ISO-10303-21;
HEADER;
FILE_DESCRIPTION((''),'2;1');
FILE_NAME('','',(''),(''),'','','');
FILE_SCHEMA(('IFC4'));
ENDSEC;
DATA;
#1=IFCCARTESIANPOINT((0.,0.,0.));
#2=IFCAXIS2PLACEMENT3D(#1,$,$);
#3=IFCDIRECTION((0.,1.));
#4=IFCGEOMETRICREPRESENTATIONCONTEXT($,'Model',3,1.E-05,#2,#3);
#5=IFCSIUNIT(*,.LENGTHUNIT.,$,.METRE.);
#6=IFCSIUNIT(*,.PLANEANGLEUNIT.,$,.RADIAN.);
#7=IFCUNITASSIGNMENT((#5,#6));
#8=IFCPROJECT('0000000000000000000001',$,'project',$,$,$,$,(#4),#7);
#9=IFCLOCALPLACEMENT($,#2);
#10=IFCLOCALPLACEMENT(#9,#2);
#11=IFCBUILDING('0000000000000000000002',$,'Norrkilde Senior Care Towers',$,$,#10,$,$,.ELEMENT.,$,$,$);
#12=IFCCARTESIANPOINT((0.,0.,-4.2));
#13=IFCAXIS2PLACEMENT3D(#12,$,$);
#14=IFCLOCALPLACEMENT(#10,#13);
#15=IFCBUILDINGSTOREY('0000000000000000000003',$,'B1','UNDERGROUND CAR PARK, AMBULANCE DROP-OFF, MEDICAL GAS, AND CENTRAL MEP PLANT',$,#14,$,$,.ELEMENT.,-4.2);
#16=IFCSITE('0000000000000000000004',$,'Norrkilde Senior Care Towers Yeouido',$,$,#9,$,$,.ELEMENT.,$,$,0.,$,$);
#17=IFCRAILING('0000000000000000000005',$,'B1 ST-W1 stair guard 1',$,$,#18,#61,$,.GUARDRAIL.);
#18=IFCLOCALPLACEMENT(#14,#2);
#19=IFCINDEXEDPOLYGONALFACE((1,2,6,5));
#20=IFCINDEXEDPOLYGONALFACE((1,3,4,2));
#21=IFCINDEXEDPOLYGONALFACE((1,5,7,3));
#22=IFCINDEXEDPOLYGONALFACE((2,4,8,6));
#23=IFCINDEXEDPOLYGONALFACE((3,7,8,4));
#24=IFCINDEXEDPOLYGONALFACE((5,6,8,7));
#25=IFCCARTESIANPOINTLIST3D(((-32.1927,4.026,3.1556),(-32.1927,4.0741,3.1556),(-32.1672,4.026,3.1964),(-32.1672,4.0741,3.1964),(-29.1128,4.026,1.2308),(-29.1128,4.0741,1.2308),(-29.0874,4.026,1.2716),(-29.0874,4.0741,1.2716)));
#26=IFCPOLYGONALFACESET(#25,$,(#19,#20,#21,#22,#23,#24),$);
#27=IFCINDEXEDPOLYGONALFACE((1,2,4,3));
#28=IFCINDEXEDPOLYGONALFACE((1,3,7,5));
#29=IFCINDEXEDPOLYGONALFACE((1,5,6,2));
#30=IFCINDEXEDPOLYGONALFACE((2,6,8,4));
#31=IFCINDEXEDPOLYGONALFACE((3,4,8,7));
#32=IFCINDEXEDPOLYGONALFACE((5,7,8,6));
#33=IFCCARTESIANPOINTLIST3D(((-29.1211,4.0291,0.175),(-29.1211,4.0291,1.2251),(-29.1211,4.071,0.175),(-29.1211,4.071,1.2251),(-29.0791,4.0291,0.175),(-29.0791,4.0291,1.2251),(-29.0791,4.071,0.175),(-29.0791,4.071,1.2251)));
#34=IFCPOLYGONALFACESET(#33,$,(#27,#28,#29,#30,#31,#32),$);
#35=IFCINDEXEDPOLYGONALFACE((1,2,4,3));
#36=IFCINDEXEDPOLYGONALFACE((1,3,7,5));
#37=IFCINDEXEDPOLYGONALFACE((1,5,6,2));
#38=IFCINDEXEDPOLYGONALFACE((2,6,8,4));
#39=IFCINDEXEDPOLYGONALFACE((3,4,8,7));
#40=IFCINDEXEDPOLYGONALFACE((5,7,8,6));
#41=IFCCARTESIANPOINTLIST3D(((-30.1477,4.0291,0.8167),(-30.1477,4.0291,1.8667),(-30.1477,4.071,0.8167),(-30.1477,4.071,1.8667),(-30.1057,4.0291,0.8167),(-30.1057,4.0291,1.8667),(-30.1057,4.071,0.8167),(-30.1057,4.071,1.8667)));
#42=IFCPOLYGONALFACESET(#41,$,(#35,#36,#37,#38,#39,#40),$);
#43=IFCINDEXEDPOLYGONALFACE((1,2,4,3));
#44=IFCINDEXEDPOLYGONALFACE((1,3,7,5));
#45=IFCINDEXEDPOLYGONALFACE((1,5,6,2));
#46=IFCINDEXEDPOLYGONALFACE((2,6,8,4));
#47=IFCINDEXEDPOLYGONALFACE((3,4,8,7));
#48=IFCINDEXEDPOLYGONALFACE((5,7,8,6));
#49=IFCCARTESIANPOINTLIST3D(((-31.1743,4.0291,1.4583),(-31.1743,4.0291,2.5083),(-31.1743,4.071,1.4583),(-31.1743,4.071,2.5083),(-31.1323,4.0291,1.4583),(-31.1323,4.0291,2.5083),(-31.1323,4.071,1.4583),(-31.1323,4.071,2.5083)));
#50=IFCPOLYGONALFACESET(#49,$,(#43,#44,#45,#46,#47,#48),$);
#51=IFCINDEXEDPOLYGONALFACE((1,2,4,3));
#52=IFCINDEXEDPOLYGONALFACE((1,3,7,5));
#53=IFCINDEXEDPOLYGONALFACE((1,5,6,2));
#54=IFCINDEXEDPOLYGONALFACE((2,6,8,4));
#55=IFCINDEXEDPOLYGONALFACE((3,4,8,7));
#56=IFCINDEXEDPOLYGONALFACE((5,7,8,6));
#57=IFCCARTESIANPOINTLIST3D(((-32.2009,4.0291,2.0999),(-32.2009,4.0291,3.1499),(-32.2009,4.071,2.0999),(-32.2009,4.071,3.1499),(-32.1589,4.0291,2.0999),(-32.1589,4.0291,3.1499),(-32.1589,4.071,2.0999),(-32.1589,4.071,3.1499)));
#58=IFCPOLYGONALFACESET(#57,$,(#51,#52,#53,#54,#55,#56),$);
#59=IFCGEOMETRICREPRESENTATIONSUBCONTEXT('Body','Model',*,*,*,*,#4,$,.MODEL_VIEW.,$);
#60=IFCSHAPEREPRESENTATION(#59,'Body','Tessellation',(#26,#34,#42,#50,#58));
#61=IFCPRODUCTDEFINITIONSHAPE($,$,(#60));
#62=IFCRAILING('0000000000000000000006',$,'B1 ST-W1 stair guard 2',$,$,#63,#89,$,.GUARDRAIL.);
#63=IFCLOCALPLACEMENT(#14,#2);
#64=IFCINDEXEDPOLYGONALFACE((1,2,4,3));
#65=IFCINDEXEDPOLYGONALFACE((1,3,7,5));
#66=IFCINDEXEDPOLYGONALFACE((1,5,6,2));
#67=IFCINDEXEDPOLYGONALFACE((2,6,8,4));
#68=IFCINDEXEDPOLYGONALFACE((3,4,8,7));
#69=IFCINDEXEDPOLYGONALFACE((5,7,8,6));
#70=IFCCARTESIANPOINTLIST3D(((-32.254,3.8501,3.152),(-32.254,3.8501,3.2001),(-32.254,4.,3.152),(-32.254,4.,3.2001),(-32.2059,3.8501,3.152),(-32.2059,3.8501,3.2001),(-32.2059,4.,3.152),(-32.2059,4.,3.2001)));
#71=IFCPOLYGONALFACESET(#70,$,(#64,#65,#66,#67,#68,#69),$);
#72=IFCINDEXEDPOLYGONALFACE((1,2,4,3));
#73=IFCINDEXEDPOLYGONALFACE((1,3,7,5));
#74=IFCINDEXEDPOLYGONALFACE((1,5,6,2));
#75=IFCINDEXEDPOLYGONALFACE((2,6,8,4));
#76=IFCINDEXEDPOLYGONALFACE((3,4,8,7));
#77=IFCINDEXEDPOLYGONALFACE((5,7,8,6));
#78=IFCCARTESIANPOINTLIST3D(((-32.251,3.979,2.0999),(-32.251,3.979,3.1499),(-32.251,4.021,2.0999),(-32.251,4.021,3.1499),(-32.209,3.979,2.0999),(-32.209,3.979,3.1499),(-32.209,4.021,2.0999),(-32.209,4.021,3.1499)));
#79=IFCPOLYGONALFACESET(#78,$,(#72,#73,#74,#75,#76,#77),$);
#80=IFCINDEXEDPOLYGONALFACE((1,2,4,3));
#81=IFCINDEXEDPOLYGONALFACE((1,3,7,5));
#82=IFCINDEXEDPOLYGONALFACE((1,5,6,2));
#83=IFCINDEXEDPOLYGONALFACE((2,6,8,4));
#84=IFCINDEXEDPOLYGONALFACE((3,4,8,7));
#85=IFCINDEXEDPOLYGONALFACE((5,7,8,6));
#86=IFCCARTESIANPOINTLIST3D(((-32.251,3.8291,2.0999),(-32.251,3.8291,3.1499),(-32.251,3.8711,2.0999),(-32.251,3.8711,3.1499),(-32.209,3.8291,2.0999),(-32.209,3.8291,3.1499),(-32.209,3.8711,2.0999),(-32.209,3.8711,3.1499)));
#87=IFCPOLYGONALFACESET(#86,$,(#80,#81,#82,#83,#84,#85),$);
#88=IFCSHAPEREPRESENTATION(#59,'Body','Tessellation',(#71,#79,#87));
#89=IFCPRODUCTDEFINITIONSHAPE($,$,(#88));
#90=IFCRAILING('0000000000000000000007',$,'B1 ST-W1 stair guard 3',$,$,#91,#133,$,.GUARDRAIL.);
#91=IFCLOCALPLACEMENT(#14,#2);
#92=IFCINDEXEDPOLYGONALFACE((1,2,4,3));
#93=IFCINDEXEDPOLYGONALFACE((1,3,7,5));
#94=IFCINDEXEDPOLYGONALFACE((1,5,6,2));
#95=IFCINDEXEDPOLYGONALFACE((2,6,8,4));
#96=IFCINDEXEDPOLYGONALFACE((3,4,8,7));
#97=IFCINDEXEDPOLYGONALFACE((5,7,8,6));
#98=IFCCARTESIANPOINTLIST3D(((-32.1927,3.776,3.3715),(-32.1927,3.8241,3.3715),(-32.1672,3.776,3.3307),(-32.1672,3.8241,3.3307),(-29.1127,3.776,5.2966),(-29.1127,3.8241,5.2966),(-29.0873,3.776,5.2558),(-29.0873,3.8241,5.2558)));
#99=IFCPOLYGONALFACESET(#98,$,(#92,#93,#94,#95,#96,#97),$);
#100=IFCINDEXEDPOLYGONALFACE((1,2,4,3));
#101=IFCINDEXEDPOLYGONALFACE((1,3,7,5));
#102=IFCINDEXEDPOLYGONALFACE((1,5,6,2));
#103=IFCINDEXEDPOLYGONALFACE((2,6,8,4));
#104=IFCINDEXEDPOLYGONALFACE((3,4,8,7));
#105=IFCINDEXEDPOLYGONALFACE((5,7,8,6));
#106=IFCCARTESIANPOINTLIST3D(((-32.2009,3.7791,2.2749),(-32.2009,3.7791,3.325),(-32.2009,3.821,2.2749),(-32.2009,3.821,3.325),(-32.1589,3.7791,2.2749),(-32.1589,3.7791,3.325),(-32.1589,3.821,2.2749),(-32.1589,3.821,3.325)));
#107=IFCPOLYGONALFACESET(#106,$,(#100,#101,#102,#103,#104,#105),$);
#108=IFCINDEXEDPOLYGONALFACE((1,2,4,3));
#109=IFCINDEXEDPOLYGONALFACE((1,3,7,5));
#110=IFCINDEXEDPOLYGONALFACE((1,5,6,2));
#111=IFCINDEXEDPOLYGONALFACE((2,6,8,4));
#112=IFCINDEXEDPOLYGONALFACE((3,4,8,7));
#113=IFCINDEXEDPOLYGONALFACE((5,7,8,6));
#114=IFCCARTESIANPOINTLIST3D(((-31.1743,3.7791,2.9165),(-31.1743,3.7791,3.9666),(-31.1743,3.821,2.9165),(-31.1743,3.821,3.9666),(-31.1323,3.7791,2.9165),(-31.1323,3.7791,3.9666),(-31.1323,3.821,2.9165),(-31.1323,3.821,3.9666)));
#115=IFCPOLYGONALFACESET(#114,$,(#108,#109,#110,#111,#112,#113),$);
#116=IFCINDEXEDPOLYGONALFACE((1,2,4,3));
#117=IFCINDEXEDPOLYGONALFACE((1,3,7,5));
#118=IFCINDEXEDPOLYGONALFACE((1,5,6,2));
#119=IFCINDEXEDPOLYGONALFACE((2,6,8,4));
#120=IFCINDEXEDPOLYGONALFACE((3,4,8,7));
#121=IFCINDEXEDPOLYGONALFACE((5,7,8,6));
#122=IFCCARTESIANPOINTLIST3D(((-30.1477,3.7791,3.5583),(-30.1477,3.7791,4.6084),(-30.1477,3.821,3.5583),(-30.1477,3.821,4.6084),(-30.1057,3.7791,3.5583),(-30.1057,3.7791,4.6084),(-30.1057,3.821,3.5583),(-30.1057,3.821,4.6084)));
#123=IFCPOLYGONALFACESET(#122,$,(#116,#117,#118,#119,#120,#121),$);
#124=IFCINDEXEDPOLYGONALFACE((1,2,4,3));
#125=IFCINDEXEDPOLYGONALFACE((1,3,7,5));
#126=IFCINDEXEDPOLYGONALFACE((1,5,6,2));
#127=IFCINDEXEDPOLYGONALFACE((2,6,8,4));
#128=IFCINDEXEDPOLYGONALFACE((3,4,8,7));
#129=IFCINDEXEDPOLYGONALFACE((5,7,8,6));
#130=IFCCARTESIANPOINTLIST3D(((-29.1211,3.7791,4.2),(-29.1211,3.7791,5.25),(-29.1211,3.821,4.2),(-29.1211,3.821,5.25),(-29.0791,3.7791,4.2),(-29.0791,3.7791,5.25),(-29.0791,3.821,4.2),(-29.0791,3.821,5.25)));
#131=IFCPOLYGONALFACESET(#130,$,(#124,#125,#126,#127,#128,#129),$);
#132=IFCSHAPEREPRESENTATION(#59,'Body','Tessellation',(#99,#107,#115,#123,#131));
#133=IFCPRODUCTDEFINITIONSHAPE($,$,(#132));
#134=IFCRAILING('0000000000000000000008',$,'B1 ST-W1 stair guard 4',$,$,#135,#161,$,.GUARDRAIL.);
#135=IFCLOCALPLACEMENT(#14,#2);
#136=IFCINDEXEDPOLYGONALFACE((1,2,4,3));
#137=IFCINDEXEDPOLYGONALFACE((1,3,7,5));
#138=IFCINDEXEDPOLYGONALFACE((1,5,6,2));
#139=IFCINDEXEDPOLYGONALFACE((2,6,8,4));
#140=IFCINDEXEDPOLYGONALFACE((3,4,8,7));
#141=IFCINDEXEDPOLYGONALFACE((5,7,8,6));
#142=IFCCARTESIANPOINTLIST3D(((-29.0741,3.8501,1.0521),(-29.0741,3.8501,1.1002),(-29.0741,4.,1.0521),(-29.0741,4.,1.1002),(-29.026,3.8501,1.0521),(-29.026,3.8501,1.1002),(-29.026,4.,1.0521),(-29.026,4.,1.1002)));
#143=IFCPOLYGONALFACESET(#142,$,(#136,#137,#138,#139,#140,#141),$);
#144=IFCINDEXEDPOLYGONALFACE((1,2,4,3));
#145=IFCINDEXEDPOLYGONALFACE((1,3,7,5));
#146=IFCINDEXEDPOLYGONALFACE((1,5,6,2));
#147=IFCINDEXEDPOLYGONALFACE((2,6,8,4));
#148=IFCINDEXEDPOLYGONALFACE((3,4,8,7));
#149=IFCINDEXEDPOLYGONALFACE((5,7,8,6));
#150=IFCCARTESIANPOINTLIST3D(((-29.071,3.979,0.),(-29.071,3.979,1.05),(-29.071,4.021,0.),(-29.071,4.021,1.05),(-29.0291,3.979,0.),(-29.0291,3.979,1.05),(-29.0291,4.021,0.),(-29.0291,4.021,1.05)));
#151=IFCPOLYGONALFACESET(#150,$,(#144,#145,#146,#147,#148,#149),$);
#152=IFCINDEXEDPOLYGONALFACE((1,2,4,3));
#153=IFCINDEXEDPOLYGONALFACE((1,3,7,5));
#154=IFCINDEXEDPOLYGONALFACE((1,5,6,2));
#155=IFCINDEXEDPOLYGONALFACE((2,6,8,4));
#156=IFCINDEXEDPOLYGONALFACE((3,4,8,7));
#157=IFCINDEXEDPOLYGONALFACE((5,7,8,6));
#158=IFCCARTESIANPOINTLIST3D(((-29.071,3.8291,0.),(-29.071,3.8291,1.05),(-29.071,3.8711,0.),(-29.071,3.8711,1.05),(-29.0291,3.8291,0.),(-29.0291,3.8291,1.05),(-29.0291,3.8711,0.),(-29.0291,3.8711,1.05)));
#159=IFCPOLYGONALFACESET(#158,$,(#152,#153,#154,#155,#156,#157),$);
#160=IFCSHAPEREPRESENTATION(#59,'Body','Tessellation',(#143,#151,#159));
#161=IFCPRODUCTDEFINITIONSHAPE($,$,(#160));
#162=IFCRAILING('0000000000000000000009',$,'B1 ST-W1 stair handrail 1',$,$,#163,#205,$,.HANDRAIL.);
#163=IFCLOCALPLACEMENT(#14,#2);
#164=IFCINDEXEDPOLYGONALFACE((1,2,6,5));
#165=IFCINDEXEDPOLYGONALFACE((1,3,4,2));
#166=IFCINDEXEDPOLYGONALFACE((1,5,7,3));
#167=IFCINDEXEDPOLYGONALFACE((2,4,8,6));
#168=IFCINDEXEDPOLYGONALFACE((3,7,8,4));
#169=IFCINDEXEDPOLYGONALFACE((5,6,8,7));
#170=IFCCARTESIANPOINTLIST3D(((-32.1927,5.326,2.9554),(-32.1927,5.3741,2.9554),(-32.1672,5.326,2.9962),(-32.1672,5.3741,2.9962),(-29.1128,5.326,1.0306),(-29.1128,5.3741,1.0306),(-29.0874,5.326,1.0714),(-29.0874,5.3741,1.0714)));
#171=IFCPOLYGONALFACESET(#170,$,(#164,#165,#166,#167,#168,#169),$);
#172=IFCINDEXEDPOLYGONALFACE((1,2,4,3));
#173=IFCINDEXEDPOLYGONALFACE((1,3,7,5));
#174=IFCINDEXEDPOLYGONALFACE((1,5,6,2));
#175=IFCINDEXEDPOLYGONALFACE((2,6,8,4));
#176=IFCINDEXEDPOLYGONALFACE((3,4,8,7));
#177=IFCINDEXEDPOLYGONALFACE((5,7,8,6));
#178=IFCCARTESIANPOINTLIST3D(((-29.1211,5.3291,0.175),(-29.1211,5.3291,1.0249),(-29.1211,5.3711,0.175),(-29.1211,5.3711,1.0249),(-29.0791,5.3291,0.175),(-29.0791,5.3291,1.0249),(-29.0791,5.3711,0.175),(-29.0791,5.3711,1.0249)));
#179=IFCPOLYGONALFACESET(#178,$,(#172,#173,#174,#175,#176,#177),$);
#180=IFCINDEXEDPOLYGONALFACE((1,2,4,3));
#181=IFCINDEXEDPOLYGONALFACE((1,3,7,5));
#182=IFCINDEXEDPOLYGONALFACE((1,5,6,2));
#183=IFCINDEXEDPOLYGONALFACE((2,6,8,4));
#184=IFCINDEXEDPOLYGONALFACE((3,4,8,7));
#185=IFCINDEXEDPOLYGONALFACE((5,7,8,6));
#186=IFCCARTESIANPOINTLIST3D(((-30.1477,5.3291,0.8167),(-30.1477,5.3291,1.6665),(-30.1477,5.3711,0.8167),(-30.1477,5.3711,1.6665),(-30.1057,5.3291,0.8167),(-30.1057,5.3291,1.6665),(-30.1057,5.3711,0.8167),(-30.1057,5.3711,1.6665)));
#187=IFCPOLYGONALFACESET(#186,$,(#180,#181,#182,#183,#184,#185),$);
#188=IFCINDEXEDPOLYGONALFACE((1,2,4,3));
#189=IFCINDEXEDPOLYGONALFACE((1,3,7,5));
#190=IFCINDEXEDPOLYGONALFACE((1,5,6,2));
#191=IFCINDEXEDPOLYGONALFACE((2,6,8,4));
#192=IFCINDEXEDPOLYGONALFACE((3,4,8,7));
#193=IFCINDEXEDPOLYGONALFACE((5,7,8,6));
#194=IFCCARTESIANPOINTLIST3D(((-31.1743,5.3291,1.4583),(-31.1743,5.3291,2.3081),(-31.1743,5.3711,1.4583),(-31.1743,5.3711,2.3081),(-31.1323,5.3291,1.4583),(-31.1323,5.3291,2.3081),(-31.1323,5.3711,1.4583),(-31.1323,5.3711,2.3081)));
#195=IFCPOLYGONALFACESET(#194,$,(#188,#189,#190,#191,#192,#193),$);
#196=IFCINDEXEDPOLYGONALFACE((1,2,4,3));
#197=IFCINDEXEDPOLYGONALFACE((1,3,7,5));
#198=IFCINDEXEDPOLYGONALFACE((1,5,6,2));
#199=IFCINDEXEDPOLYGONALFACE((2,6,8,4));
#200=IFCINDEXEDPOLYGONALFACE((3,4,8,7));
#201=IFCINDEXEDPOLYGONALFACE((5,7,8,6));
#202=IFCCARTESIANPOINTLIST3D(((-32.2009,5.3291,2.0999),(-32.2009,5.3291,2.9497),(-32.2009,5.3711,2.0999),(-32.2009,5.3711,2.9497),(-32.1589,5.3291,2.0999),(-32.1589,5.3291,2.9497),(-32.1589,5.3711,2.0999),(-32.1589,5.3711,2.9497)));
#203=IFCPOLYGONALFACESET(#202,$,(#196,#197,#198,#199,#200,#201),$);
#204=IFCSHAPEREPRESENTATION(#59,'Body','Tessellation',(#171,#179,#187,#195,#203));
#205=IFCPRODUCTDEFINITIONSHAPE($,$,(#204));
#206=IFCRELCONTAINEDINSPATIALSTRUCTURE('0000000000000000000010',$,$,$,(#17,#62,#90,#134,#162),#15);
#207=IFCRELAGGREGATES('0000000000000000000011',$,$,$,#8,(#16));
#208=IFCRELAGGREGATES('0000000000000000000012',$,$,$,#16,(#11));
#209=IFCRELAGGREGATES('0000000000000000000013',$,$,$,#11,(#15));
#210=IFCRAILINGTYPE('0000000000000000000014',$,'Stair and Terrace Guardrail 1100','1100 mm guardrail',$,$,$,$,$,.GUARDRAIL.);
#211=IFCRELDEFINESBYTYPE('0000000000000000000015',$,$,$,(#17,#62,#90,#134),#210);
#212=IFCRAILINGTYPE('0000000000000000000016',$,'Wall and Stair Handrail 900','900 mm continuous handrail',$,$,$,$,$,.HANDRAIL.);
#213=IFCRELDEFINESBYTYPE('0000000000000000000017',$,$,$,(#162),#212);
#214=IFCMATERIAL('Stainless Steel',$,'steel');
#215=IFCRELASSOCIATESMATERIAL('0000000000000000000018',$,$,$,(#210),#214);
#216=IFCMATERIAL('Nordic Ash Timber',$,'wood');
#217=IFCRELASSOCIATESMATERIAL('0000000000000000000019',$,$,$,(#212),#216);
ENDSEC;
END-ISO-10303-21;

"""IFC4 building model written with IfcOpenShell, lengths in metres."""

from ifc_helpers import new_model, si_unit, direction, frame, origin, origin_2d, place, context, subcontext, project, spatial, rectangle, extrude, material, type_object, element, save


model = new_model("IFC4")

# Units and contexts
model_context = context("Model", 3, precision=1e-05, world=origin(), true_north=direction((0.0, 1.0)))
body_context = subcontext(model_context, "Body", "Model", "MODEL_VIEW")
ifc_project = project(units=[si_unit("LENGTHUNIT", "METRE"), si_unit("PLANEANGLEUNIT", "RADIAN")], contexts=[model_context])

# Site, building, storey
site_placement = place(None, origin())
site = spatial("IfcSite", under=ifc_project, at=site_placement, Name="Norrkilde Senior Care Towers Yeouido", CompositionType="ELEMENT", RefElevation=0.0)
building_placement = place(site_placement, origin())
building = spatial("IfcBuilding", under=site, at=building_placement, Name="Norrkilde Senior Care Towers", CompositionType="ELEMENT")
storey_placement = place(building_placement, frame((0.0, 0.0, -4.2)))
storey = spatial("IfcBuildingStorey", under=building, at=storey_placement, Name="B1", Description="UNDERGROUND CAR PARK, AMBULANCE DROP-OFF, MEDICAL GAS, AND CENTRAL MEP PLANT", CompositionType="ELEMENT", Elevation=-4.2)

# Railings
ifc_material_1 = material(Name="Stainless Steel", Category="steel")
railing_type_1 = type_object("IfcRailingType", Name="Stair and Terrace Guardrail 1100", Description="1100 mm guardrail", PredefinedType="GUARDRAIL", material=ifc_material_1)
railing_1_placement = place(storey_placement, frame((-29.1001, 4.05, 0.175)))
element("IfcRailing", 1, at=railing_1_placement, inside=storey, type_object=railing_type_1, Name="B1 ST-W1 stair guard 1", PredefinedType="GUARDRAIL", context=body_context, shape_type="SweptSolid", body=[
    extrude(rectangle(XDim=0.0481, YDim=0.0481, at=origin_2d()), frame((0.0, 0.0, 1.0762), z_axis=(-0.84801, 0.0, 0.529981), x_axis=(0.0, -1.0, 0.0)), (0.0, 0.0, 1.0), 3.6318),
    extrude(rectangle(XDim=0.042, YDim=0.042, at=origin_2d()), origin(), (0.0, 0.0, 1.0), 1.05),
    extrude(rectangle(XDim=0.042, YDim=0.042, at=origin_2d()), frame((-1.0266, 0.0, 0.6416)), (0.0, 0.0, 1.0), 1.05),
    extrude(rectangle(XDim=0.042, YDim=0.042, at=origin_2d()), frame((-2.0532, 0.0, 1.2832)), (0.0, 0.0, 1.0), 1.05),
    extrude(rectangle(XDim=0.042, YDim=0.042, at=origin_2d()), frame((-3.0798, 0.0, 1.9248)), (0.0, 0.0, 1.0), 1.05),
])
railing_2_placement = place(storey_placement, frame((-32.23, 4.0, 2.0999)))
element("IfcRailing", 2, at=railing_2_placement, inside=storey, type_object=railing_type_1, Name="B1 ST-W1 stair guard 2", PredefinedType="GUARDRAIL", context=body_context, shape_type="SweptSolid", body=[
    extrude(rectangle(XDim=0.0481, YDim=0.0481, at=origin_2d()), frame((0.0, 0.0, 1.0762), z_axis=(0.0, -1.0, 0.0), x_axis=(1.0, 0.0, 0.0)), (0.0, 0.0, 1.0), 0.1499),
    extrude(rectangle(XDim=0.042, YDim=0.042, at=origin_2d()), origin(), (0.0, 0.0, 1.0), 1.05),
    extrude(rectangle(XDim=0.042, YDim=0.042, at=origin_2d()), frame((0.0, -0.1499, 0.0)), (0.0, 0.0, 1.0), 1.05),
])
railing_3_placement = place(storey_placement, frame((-32.1799, 3.8, 2.2749)))
element("IfcRailing", 3, at=railing_3_placement, inside=storey, type_object=railing_type_1, Name="B1 ST-W1 stair guard 3", PredefinedType="GUARDRAIL", context=body_context, shape_type="SweptSolid", body=[
    extrude(rectangle(XDim=0.0481, YDim=0.0481, at=origin_2d()), frame((0.0, 0.0, 1.0762), z_axis=(0.847979, 0.0, 0.530029), x_axis=(0.0, 1.0, 0.0)), (0.0, 0.0, 1.0), 3.6321),
    extrude(rectangle(XDim=0.042, YDim=0.042, at=origin_2d()), origin(), (0.0, 0.0, 1.0), 1.05),
    extrude(rectangle(XDim=0.042, YDim=0.042, at=origin_2d()), frame((1.0266, 0.0, 0.6416)), (0.0, 0.0, 1.0), 1.05),
    extrude(rectangle(XDim=0.042, YDim=0.042, at=origin_2d()), frame((2.0532, 0.0, 1.2834)), (0.0, 0.0, 1.0), 1.05),
    extrude(rectangle(XDim=0.042, YDim=0.042, at=origin_2d()), frame((3.0798, 0.0, 1.925)), (0.0, 0.0, 1.0), 1.05),
])
railing_4_placement = place(storey_placement, frame((-29.05, 4.0, 0.0)))
element("IfcRailing", 4, at=railing_4_placement, inside=storey, type_object=railing_type_1, Name="B1 ST-W1 stair guard 4", PredefinedType="GUARDRAIL", context=body_context, shape_type="SweptSolid", body=[
    extrude(rectangle(XDim=0.0481, YDim=0.0481, at=origin_2d()), frame((0.0, 0.0, 1.0762), z_axis=(0.0, -1.0, 0.0), x_axis=(1.0, 0.0, 0.0)), (0.0, 0.0, 1.0), 0.1499),
    extrude(rectangle(XDim=0.042, YDim=0.042, at=origin_2d()), origin(), (0.0, 0.0, 1.0), 1.05),
    extrude(rectangle(XDim=0.042, YDim=0.042, at=origin_2d()), frame((0.0, -0.1499, 0.0)), (0.0, 0.0, 1.0), 1.05),
])
ifc_material_2 = material(Name="Nordic Ash Timber", Category="wood")
railing_type_2 = type_object("IfcRailingType", Name="Wall and Stair Handrail 900", Description="900 mm continuous handrail", PredefinedType="HANDRAIL", material=ifc_material_2)
railing_5_placement = place(storey_placement, frame((-29.1001, 5.3501, 0.175)))
element("IfcRailing", 5, at=railing_5_placement, inside=storey, type_object=railing_type_2, Name="B1 ST-W1 stair handrail 1", PredefinedType="HANDRAIL", context=body_context, shape_type="SweptSolid", body=[
    extrude(rectangle(XDim=0.0481, YDim=0.0481, at=origin_2d()), frame((0.0, 0.0, 0.876), z_axis=(-0.84801, 0.0, 0.529981), x_axis=(0.0, -1.0, 0.0)), (0.0, 0.0, 1.0), 3.6318),
    extrude(rectangle(XDim=0.042, YDim=0.042, at=origin_2d()), origin(), (0.0, 0.0, 1.0), 0.8499),
    extrude(rectangle(XDim=0.042, YDim=0.042, at=origin_2d()), frame((-1.0266, 0.0, 0.6416)), (0.0, 0.0, 1.0), 0.8499),
    extrude(rectangle(XDim=0.042, YDim=0.042, at=origin_2d()), frame((-2.0532, 0.0, 1.2832)), (0.0, 0.0, 1.0), 0.8499),
    extrude(rectangle(XDim=0.042, YDim=0.042, at=origin_2d()), frame((-3.0798, 0.0, 1.9248)), (0.0, 0.0, 1.0), 0.8499),
])

save(model, "model.ifc")
